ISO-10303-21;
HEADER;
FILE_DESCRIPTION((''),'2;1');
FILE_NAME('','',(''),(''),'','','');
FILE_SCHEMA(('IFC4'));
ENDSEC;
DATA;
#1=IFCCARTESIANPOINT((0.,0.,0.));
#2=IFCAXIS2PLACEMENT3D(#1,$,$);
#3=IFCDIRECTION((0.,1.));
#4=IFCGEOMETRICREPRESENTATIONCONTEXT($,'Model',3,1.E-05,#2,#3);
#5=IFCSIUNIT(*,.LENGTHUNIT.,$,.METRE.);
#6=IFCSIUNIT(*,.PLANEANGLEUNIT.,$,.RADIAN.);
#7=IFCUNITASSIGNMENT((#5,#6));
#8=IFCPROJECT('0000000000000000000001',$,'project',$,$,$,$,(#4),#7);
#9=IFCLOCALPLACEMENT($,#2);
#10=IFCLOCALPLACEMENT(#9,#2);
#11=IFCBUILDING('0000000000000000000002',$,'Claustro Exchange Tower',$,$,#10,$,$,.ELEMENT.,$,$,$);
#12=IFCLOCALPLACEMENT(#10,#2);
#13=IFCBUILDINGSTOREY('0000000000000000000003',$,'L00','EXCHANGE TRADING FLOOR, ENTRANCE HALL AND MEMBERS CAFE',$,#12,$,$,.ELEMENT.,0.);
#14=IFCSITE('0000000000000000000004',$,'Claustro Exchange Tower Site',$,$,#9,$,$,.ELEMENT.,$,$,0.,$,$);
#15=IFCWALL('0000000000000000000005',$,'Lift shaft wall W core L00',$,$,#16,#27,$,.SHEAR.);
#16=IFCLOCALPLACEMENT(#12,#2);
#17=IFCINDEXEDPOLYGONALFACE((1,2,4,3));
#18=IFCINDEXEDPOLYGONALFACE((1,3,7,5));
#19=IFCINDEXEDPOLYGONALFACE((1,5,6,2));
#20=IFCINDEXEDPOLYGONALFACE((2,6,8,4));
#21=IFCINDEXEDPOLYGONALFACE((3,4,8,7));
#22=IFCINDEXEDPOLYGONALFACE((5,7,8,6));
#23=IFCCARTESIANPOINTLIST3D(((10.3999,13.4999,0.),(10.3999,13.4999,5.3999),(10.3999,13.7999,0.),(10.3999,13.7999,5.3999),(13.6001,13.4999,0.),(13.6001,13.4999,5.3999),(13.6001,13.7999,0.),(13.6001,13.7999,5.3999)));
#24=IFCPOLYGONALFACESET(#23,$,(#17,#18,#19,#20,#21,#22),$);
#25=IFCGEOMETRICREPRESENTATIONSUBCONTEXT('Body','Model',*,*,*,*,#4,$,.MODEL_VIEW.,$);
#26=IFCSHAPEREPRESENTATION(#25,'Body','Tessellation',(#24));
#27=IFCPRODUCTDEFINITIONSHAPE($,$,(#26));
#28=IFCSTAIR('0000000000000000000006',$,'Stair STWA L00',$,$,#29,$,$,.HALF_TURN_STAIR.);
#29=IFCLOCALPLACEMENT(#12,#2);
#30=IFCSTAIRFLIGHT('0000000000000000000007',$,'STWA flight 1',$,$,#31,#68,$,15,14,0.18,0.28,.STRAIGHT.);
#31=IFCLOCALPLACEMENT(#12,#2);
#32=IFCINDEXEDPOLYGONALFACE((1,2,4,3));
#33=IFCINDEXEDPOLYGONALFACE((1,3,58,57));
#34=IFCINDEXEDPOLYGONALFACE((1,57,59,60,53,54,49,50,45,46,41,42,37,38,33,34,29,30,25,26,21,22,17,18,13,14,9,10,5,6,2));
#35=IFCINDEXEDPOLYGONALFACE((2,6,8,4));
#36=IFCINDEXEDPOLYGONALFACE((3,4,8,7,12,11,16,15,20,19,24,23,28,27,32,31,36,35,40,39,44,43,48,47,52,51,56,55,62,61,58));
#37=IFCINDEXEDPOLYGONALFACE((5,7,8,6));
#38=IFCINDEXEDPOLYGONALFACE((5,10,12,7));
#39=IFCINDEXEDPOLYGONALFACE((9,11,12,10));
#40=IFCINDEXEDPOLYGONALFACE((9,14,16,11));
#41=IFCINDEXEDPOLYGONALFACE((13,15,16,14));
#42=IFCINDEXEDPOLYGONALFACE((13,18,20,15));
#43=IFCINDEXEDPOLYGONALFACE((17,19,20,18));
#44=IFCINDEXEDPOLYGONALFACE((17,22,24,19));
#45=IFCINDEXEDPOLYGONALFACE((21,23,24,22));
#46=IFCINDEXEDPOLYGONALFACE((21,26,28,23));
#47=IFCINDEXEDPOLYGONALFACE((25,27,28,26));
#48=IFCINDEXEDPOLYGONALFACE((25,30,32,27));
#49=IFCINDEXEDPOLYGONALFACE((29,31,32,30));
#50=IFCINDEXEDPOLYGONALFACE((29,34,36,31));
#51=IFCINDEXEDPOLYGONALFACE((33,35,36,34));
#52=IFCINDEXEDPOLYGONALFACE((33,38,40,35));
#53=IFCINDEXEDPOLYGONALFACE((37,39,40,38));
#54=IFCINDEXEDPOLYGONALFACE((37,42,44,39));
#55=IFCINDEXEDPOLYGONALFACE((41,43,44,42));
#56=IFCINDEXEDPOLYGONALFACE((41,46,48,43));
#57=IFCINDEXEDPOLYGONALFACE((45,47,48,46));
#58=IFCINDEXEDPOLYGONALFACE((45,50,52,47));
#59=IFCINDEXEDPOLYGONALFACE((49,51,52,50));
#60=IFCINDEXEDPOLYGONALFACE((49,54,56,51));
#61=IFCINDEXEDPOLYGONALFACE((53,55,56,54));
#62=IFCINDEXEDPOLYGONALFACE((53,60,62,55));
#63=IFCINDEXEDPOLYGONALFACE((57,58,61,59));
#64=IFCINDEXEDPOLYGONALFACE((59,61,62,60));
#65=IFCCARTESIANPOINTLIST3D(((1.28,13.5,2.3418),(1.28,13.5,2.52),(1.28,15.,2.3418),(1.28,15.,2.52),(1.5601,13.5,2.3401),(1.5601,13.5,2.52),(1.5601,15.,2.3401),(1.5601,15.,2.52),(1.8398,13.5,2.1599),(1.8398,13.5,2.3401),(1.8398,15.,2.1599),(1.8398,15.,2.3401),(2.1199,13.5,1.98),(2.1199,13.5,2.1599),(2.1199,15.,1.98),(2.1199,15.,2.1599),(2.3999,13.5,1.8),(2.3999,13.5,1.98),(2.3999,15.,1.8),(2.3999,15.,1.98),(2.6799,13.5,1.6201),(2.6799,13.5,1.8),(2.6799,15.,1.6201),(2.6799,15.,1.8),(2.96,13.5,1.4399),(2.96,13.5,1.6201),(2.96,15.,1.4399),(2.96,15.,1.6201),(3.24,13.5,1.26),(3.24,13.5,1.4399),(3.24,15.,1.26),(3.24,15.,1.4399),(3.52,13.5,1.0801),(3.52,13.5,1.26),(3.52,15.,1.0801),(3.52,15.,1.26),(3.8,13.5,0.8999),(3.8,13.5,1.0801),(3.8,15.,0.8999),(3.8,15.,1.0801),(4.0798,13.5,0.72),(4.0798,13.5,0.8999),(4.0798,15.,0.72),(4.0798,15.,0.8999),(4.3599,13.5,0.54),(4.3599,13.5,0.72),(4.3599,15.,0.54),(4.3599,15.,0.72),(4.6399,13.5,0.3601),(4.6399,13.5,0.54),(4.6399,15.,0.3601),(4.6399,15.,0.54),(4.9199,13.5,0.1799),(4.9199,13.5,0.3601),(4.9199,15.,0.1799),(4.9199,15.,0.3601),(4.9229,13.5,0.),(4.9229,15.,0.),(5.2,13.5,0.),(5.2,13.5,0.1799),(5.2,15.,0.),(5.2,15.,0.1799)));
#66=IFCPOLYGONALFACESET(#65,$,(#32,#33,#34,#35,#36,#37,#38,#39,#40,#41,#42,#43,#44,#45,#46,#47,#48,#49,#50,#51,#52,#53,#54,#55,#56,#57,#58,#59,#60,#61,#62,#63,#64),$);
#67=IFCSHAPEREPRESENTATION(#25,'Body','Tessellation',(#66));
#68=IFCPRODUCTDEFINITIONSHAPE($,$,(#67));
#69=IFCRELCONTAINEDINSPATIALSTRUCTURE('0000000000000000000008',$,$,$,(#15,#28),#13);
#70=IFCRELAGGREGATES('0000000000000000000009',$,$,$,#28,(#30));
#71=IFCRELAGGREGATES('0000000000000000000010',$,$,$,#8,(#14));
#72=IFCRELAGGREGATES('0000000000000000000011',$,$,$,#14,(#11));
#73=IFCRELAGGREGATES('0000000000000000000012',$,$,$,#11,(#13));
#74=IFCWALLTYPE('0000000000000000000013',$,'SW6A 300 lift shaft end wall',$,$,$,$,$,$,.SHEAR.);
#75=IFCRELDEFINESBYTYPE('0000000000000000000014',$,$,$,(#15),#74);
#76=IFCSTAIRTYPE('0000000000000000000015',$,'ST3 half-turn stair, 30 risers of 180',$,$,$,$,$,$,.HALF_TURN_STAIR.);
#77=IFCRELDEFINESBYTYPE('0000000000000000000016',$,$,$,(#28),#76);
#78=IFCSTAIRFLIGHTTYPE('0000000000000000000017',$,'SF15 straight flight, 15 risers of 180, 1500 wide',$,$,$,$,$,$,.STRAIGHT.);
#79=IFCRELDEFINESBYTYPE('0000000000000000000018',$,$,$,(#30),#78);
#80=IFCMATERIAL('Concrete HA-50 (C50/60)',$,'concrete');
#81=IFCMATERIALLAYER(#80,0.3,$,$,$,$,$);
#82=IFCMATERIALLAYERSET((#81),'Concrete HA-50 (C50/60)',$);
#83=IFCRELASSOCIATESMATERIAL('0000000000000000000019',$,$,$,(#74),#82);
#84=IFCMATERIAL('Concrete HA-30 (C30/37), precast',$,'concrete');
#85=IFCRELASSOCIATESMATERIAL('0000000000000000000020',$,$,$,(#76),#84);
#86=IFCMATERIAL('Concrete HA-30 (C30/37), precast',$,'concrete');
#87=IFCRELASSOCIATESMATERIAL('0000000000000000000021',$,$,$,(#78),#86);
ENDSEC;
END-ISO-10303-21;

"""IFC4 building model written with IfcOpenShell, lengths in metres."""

from ifc_helpers import new_model, si_unit, direction, frame, frame_2d, origin, place, context, subcontext, project, spatial, polyline, rectangle, outline, extrude, material, layer, layer_set, type_object, element, aggregate, save


model = new_model("IFC4")

# Units and contexts
model_context = context("Model", 3, precision=1e-05, world=origin(), true_north=direction((0.0, 1.0)))
body_context = subcontext(model_context, "Body", "Model", "MODEL_VIEW")
ifc_project = project(units=[si_unit("LENGTHUNIT", "METRE"), si_unit("PLANEANGLEUNIT", "RADIAN")], contexts=[model_context])

# Site, building, storey
site_placement = place(None, origin())
site = spatial("IfcSite", under=ifc_project, at=site_placement, Name="Claustro Exchange Tower Site", CompositionType="ELEMENT", RefElevation=0.0)
building_placement = place(site_placement, origin())
building = spatial("IfcBuilding", under=site, at=building_placement, Name="Claustro Exchange Tower", CompositionType="ELEMENT")
storey_placement = place(building_placement, origin())
storey = spatial("IfcBuildingStorey", under=building, at=storey_placement, Name="L00", Description="EXCHANGE TRADING FLOOR, ENTRANCE HALL AND MEMBERS CAFE", CompositionType="ELEMENT", Elevation=0.0)

# Wall
ifc_material_1 = material(Name="Concrete HA-50 (C50/60)", Category="concrete")
ifc_layer_1 = layer(ifc_material_1, 0.3)
ifc_layer_set_1 = layer_set([ifc_layer_1], Name="Concrete HA-50 (C50/60)")
wall_type_1 = type_object("IfcWallType", Name="SW6A 300 lift shaft end wall", PredefinedType="SHEAR", material=ifc_layer_set_1)
wall_1_placement = place(storey_placement, frame((10.3999, 13.6499, 0.0), z_axis=(0.0, 0.0, 1.0), x_axis=(1.0, 0.0, 0.0)))
element("IfcWall", 1, at=wall_1_placement, inside=storey, type_object=wall_type_1, Name="Lift shaft wall W core L00", PredefinedType="SHEAR", context=body_context, shape_type="SweptSolid", body=[
    extrude(rectangle(XDim=3.2002, YDim=0.3, at=frame_2d((1.6001, 0.0))), origin(), (0.0, 0.0, 1.0), 5.3999),
])

# Stair, stair flight
ifc_material_2 = material(Name="Concrete HA-30 (C30/37), precast", Category="concrete")
stair_type = type_object("IfcStairType", Name="ST3 half-turn stair, 30 risers of 180", PredefinedType="HALF_TURN_STAIR", material=ifc_material_2)
stair_placement = place(storey_placement, origin())
stair = element("IfcStair", 2, at=stair_placement, inside=storey, type_object=stair_type, Name="Stair STWA L00", PredefinedType="HALF_TURN_STAIR")
ifc_material_3 = material(Name="Concrete HA-30 (C30/37), precast", Category="concrete")
stair_flight_type = type_object("IfcStairFlightType", Name="SF15 straight flight, 15 risers of 180, 1500 wide", PredefinedType="STRAIGHT", material=ifc_material_3)
stair_flight_placement = place(storey_placement, frame((5.2, 14.25, 0.0), z_axis=(0.0, 0.0, 1.0), x_axis=(-1.0, 0.0, 0.0)))
stair_flight = element("IfcStairFlight", 3, at=stair_flight_placement, type_object=stair_flight_type, Name="STWA flight 1", NumberOfRisers=15, NumberOfTreads=14, PredefinedType="STRAIGHT", RiserHeight=0.18, TreadLength=0.28, context=body_context, shape_type="SweptSolid", body=[
    extrude(outline(polyline([(0.0, 0.0), (0.0, 0.1799), (0.28, 0.1799), (0.28, 0.3601), (0.5601, 0.3601), (0.5601, 0.54), (0.8401, 0.54), (0.8401, 0.72), (1.1201, 0.72), (1.1201, 0.8999), (1.3999, 0.8999), (1.3999, 1.0801), (1.6799, 1.0801), (1.6799, 1.26), (1.96, 1.26), (1.96, 1.4399), (2.24, 1.4399), (2.24, 1.6201), (2.52, 1.6201), (2.52, 1.8), (2.8, 1.8), (2.8, 1.98), (3.0801, 1.98), (3.0801, 2.1599), (3.3601, 2.1599), (3.3601, 2.3401), (3.6399, 2.3401), (3.6399, 2.52), (3.9199, 2.52), (3.9199, 2.7), (3.9199, 2.3418), (0.2771, 0.0), (0.0, 0.0)])), frame((0.0, 0.75, 0.0), z_axis=(0.0, -1.0, 0.0), x_axis=(1.0, 0.0, 0.0)), (0.0, 0.0, 1.0), 1.5),
])
aggregate(stair, [stair_flight])

save(model, "model.ifc")
